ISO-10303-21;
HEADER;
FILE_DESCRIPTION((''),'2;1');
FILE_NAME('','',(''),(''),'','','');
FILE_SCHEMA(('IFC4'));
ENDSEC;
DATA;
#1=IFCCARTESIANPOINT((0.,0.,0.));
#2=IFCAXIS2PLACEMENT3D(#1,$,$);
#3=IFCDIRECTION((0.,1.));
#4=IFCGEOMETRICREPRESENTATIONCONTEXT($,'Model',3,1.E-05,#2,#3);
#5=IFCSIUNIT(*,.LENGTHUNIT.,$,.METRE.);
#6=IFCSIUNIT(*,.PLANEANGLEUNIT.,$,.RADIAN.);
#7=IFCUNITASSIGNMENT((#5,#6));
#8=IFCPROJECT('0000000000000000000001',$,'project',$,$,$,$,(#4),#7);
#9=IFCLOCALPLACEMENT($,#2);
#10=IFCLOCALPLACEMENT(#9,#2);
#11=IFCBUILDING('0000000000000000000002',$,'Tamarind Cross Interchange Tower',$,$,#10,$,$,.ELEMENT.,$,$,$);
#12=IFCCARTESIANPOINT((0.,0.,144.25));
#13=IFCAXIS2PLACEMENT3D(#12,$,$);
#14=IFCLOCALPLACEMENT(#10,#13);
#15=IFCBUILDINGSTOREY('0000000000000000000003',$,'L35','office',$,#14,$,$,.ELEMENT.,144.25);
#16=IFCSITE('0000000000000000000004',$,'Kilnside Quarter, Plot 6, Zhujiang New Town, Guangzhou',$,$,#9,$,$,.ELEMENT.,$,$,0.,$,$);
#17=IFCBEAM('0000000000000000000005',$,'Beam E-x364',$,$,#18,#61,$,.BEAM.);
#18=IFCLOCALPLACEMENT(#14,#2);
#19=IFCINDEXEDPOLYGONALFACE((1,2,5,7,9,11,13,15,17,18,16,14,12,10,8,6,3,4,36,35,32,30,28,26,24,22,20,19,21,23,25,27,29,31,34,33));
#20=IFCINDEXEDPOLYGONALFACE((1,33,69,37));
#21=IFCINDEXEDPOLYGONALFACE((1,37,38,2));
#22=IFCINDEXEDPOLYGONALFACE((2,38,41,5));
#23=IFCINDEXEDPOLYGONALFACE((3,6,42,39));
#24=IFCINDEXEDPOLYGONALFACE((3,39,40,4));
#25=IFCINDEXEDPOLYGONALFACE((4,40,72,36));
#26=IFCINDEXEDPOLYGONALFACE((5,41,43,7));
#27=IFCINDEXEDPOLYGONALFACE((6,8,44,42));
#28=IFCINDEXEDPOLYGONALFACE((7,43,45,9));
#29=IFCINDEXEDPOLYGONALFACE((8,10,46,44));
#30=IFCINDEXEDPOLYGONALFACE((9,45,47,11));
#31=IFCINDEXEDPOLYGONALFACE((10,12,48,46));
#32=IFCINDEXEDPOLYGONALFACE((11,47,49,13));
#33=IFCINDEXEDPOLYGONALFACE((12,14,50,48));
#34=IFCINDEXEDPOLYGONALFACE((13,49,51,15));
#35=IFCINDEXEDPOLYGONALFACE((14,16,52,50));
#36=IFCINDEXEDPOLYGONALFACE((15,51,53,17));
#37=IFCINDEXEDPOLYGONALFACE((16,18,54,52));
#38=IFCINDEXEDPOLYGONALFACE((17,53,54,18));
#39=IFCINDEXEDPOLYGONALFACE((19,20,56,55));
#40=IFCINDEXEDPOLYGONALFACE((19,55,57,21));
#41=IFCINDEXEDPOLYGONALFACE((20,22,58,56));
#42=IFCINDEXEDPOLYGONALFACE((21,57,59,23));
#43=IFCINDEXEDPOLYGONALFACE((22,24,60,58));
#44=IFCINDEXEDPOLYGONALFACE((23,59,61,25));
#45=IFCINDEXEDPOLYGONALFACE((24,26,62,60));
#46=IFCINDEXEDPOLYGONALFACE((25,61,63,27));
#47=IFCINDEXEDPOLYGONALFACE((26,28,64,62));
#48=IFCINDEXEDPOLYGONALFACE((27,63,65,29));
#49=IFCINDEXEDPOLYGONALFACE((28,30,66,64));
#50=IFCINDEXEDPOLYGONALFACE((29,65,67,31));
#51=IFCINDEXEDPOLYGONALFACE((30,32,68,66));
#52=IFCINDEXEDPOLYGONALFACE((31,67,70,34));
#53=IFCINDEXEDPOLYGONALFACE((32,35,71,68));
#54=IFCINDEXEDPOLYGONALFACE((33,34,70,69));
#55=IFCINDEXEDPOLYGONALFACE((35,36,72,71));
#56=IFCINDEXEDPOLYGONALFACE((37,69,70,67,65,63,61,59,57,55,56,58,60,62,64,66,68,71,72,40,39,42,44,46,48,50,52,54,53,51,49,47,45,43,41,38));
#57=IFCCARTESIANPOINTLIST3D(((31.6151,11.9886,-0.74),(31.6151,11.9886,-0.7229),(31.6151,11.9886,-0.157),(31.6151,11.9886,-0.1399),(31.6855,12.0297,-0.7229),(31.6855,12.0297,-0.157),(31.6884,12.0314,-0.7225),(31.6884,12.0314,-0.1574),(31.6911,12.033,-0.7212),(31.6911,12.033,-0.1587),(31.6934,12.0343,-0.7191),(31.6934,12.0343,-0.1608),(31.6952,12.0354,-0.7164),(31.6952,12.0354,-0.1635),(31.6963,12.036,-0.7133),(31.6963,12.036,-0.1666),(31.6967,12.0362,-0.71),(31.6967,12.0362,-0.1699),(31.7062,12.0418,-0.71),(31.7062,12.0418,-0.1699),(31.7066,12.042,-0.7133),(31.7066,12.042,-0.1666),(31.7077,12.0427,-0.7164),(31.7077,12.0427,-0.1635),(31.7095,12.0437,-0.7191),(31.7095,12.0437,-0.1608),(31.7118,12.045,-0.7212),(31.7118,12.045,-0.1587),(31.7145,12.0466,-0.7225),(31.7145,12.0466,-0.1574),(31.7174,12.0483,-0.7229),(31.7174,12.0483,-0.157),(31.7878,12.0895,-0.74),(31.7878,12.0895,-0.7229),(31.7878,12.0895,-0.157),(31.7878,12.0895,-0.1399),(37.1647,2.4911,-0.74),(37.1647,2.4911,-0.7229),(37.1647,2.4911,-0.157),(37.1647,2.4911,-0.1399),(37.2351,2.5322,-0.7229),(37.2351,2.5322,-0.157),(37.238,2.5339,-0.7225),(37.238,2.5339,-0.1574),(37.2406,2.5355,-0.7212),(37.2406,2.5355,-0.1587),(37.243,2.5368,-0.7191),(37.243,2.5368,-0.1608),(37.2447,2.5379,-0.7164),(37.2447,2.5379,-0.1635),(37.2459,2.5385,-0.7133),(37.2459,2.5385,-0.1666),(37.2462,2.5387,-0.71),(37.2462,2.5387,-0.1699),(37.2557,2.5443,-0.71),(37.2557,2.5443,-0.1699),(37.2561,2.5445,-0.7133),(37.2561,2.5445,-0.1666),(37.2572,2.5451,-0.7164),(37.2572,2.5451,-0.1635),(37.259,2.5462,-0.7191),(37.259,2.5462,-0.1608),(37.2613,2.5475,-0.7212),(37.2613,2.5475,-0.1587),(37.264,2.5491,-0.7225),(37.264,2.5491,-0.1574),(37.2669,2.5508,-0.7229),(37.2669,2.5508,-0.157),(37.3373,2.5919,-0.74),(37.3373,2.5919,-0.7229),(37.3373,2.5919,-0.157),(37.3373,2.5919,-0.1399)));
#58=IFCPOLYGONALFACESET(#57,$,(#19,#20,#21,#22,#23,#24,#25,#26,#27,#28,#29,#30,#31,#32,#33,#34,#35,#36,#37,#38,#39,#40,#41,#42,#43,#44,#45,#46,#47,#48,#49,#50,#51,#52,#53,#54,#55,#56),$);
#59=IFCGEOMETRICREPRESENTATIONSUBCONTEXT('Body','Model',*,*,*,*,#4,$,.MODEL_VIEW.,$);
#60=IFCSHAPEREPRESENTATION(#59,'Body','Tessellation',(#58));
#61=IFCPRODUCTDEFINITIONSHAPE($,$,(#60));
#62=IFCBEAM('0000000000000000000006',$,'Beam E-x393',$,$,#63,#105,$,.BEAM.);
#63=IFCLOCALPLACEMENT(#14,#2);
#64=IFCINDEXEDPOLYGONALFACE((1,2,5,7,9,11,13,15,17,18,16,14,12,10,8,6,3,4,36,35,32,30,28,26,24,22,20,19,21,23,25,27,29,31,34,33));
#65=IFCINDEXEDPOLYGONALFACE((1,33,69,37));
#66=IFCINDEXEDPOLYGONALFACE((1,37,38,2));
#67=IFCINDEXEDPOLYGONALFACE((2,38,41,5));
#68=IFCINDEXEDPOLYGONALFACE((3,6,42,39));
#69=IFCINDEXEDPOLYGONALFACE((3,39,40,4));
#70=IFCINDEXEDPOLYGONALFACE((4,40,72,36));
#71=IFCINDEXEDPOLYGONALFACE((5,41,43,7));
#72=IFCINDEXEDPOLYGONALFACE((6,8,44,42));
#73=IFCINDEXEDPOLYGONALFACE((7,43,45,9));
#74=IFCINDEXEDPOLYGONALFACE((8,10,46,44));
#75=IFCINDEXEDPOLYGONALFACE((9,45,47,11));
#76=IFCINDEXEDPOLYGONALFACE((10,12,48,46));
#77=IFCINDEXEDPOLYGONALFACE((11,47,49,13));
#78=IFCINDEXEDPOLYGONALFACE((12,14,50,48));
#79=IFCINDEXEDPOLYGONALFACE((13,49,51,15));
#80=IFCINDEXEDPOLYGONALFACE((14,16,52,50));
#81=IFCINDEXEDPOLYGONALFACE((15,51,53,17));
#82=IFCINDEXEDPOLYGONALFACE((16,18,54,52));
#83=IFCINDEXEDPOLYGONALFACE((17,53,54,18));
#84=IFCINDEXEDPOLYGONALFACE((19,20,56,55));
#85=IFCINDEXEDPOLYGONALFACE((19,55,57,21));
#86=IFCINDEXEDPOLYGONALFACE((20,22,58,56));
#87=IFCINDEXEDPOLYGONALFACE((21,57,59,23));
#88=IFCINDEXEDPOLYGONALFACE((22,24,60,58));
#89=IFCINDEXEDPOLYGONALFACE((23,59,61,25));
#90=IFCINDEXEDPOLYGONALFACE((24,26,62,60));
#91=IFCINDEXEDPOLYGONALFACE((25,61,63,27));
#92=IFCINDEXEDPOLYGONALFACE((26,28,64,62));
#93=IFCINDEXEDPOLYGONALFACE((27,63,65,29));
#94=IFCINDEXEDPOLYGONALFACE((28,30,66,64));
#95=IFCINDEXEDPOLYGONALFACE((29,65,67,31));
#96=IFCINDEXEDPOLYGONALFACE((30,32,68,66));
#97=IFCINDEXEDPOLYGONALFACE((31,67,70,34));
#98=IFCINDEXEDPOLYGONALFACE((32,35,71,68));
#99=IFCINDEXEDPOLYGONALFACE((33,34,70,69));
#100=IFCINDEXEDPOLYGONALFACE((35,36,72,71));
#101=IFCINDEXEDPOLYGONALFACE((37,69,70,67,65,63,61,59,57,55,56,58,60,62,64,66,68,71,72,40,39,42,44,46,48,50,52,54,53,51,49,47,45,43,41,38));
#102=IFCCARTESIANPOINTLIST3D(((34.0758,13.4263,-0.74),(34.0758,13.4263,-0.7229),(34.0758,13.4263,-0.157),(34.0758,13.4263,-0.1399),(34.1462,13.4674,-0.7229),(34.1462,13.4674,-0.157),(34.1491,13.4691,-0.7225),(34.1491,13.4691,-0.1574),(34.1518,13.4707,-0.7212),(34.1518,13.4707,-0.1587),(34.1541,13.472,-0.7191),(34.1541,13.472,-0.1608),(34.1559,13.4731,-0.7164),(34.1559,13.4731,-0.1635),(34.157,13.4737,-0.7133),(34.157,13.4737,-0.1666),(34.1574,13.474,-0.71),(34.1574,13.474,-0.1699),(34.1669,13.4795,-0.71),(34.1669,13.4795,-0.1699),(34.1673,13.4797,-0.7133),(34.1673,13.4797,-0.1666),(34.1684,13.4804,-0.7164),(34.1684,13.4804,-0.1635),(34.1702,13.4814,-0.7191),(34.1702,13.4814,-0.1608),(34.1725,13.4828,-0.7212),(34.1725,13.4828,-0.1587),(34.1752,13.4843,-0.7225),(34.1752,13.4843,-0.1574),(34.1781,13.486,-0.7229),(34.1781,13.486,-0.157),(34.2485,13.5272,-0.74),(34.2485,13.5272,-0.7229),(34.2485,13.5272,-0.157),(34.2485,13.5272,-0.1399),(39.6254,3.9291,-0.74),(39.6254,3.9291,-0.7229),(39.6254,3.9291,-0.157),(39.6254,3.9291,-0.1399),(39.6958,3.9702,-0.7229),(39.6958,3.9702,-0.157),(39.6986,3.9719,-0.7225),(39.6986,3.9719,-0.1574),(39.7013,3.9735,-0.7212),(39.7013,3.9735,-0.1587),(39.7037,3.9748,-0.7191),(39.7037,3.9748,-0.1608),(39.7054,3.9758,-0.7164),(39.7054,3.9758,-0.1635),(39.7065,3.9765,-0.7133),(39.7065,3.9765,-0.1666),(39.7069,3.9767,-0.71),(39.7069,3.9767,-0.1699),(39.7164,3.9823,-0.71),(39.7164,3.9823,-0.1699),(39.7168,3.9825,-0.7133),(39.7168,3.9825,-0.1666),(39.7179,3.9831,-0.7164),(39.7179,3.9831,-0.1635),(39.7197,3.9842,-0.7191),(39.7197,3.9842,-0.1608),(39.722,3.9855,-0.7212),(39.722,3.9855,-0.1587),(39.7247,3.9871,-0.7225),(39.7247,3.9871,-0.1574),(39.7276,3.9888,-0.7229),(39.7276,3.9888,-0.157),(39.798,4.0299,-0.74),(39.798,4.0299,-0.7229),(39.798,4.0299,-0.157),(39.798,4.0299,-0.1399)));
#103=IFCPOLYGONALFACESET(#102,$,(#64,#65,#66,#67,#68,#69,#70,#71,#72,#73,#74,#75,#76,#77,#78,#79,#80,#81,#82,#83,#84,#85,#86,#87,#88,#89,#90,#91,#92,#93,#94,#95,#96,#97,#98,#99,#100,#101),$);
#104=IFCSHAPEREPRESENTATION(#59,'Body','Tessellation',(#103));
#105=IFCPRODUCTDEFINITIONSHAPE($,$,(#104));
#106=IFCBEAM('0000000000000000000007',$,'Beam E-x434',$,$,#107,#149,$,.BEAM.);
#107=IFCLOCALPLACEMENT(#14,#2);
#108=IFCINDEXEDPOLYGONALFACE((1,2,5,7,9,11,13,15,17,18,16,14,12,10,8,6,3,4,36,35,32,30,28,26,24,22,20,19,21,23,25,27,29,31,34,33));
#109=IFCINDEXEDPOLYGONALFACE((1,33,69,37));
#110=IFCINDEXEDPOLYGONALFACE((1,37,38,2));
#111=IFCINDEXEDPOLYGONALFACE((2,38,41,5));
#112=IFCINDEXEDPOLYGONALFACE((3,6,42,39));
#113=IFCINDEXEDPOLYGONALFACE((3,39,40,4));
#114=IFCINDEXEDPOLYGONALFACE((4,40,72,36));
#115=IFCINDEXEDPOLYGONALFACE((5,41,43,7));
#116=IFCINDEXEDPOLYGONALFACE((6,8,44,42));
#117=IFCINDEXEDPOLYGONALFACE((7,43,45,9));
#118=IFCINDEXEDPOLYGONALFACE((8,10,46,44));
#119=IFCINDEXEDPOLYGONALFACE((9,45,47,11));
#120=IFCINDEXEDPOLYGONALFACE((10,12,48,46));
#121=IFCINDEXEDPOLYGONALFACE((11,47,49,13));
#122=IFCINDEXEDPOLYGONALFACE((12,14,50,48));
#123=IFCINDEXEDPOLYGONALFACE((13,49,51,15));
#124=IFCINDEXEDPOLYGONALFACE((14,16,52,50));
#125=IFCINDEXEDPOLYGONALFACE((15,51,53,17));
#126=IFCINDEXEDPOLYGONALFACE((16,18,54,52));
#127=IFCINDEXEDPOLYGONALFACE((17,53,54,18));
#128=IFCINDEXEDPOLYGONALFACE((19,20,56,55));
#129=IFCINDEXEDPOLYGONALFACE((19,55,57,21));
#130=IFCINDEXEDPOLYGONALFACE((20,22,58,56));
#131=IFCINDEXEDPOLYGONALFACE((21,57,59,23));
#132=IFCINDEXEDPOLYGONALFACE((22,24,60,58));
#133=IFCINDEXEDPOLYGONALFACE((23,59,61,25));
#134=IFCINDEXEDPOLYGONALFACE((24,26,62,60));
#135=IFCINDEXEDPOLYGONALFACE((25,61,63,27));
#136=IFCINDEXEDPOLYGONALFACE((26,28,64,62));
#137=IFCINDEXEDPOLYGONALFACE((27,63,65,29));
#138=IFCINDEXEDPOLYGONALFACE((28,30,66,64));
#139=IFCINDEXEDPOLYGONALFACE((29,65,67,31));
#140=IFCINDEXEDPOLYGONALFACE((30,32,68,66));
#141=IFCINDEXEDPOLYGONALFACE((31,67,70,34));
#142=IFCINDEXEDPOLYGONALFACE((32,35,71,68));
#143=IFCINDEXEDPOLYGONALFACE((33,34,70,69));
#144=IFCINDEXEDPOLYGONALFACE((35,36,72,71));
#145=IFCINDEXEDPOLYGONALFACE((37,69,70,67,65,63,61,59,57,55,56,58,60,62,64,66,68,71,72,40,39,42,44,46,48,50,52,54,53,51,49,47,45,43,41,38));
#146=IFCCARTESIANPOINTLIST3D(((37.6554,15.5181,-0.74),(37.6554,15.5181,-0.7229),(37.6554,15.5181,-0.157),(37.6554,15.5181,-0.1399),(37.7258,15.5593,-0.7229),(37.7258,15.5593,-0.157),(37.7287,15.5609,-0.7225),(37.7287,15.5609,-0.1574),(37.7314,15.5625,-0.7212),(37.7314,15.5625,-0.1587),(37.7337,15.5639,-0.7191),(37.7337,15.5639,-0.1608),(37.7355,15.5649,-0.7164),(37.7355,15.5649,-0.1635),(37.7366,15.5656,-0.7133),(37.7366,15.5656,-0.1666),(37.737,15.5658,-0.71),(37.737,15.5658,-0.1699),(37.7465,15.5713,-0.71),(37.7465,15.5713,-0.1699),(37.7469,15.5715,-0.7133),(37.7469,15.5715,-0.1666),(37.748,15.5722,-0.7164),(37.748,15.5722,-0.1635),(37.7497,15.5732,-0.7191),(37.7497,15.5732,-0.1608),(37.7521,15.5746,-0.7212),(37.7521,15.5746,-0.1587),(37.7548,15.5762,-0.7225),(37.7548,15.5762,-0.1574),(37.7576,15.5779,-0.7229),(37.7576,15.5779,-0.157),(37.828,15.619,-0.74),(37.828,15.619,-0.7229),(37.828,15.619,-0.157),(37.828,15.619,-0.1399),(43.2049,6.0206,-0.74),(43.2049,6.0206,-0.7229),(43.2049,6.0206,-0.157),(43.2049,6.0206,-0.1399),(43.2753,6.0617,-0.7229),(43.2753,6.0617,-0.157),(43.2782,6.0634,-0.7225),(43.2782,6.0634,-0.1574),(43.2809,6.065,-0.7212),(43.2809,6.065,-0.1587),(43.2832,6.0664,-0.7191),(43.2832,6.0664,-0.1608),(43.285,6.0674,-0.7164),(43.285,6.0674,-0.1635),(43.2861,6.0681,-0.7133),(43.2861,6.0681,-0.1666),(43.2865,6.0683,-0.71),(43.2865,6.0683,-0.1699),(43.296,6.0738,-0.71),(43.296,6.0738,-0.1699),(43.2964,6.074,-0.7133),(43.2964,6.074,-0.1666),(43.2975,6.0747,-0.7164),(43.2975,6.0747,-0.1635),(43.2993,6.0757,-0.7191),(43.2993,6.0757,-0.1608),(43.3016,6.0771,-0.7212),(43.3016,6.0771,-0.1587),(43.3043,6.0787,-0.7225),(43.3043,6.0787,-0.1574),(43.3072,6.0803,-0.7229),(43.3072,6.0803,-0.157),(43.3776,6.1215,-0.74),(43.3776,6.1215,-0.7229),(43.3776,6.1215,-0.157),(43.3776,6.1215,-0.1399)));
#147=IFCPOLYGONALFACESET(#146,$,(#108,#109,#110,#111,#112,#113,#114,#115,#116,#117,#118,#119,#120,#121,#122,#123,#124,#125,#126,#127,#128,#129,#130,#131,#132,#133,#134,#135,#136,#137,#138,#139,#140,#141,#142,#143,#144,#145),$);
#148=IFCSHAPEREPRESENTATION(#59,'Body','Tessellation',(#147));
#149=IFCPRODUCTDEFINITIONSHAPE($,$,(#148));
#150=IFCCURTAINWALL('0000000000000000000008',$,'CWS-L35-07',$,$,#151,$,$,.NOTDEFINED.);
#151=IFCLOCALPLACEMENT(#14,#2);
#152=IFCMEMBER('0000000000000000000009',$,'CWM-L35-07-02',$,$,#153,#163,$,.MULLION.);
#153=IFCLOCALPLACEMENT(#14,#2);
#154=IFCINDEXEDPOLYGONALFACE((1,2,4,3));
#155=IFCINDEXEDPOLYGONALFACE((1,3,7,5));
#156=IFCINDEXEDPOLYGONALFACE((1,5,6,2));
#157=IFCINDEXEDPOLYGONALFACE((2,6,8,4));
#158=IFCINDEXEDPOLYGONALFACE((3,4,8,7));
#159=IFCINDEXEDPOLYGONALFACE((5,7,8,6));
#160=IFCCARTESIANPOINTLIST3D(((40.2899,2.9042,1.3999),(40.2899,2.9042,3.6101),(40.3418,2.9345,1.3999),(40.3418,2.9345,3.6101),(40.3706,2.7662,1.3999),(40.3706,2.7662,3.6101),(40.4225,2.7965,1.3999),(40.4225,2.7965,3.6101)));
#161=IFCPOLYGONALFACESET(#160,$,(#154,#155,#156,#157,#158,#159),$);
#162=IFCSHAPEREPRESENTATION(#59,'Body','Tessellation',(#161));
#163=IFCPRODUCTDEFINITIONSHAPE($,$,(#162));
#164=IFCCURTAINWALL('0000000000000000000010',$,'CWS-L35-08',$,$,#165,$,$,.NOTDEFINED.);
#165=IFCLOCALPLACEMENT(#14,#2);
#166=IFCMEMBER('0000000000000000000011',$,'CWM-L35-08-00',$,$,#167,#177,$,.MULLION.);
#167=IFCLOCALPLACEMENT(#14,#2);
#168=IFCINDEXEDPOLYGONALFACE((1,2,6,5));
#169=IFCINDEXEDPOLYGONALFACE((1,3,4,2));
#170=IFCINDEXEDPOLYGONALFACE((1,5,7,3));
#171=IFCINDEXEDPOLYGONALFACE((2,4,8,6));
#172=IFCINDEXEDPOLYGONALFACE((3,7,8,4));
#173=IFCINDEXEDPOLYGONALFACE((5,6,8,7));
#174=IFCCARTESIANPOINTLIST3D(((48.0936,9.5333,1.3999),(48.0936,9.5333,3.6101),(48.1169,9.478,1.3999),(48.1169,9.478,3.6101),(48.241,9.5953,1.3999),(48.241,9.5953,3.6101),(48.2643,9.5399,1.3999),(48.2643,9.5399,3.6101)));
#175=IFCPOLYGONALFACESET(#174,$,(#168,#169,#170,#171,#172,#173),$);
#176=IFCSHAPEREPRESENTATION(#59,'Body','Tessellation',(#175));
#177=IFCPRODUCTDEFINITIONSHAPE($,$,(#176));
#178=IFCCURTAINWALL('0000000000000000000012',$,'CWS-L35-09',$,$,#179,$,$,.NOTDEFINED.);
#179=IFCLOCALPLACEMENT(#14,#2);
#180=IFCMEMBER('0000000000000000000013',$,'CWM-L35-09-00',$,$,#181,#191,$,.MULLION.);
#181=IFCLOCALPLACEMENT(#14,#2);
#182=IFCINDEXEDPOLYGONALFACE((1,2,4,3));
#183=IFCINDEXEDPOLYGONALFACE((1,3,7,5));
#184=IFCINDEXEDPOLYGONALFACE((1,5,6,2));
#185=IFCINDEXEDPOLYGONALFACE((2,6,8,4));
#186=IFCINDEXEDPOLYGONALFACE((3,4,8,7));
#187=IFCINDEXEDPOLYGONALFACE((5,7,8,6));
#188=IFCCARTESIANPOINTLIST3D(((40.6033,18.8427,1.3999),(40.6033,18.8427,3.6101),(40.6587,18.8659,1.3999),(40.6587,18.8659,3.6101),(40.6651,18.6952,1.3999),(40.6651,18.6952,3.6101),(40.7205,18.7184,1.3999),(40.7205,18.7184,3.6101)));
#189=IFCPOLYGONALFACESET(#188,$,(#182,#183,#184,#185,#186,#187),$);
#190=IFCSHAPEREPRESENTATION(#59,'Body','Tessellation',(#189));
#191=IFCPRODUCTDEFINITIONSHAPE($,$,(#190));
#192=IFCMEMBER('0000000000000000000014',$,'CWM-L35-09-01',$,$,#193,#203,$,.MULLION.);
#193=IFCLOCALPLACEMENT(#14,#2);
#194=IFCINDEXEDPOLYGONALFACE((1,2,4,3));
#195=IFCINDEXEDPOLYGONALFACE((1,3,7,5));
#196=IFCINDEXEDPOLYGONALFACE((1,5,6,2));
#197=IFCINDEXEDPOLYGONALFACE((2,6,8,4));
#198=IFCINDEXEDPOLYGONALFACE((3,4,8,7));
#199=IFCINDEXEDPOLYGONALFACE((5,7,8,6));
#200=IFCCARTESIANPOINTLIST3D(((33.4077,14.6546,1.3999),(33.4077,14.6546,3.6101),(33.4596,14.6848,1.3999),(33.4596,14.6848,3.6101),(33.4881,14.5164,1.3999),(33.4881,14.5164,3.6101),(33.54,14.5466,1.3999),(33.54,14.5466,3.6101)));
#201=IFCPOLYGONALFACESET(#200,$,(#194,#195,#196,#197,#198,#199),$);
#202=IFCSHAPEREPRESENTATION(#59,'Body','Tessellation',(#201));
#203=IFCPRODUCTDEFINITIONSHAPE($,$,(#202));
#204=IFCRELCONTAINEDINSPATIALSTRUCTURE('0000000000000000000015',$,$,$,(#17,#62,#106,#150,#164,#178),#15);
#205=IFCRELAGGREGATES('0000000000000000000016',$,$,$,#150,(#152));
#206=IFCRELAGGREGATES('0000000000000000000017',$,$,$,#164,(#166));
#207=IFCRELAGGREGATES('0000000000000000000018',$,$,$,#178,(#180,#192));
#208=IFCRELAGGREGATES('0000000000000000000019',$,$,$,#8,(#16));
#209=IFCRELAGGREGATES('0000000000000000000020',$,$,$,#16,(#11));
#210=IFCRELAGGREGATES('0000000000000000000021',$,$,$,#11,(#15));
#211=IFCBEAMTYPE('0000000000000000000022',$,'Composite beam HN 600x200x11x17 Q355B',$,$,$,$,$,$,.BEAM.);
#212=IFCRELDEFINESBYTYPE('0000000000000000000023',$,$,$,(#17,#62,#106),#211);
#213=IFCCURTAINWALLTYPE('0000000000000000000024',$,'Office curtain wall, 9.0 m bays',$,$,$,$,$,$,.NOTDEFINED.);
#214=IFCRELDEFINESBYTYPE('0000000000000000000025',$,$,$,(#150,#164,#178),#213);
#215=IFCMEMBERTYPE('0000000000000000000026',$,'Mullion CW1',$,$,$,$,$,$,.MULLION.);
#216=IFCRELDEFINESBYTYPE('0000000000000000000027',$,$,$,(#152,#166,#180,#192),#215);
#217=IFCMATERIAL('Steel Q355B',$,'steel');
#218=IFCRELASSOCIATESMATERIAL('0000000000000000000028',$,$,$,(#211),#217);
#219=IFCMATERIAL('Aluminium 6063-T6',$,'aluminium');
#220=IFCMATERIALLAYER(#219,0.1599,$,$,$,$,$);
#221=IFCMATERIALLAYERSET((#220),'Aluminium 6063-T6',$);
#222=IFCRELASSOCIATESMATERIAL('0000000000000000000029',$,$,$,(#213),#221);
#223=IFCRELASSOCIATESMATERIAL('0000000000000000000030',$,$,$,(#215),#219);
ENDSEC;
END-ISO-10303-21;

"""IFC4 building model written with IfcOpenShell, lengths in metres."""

from ifc_helpers import new_model, si_unit, direction, frame, origin, origin_2d, place, context, subcontext, project, spatial, rectangle, i_section, extrude, material, layer, layer_set, material_profile, profile_set, type_object, element, aggregate, save


model = new_model("IFC4")

# Units and contexts
model_context = context("Model", 3, precision=1e-05, world=origin(), true_north=direction((0.0, 1.0)))
body_context = subcontext(model_context, "Body", "Model", "MODEL_VIEW")
ifc_project = project(units=[si_unit("LENGTHUNIT", "METRE"), si_unit("PLANEANGLEUNIT", "RADIAN")], contexts=[model_context])

# Site, building, storey
site_placement = place(None, origin())
site = spatial("IfcSite", under=ifc_project, at=site_placement, Name="Kilnside Quarter, Plot 6, Zhujiang New Town, Guangzhou", CompositionType="ELEMENT", RefElevation=0.0)
building_placement = place(site_placement, origin())
building = spatial("IfcBuilding", under=site, at=building_placement, Name="Tamarind Cross Interchange Tower", CompositionType="ELEMENT")
storey_placement = place(building_placement, frame((0.0, 0.0, 144.25)))
storey = spatial("IfcBuildingStorey", under=building, at=storey_placement, Name="L35", Description="office", CompositionType="ELEMENT", Elevation=144.25)

# Beams
ifc_material_1 = material(Name="Steel Q355B", Category="steel")
ifc_material_profile_1 = material_profile(ifc_material_1, i_section(OverallWidth=0.2, OverallDepth=0.6001, WebThickness=0.011, FlangeThickness=0.0171, FilletRadius=0.0129, at=origin_2d()), Name="HN 600x200x11x17")
ifc_profile_set_1 = profile_set([ifc_material_profile_1], Name="Steel Q355B")
beam_type_1 = type_object("IfcBeamType", Name="Composite beam HN 600x200x11x17 Q355B", PredefinedType="BEAM", material=ifc_profile_set_1)
beam_1_placement = place(storey_placement, frame((37.251, 2.5415, -0.4399), z_axis=(-0.504503, 0.86341, 0.0), x_axis=(-0.86341, -0.504503, 0.0)))
element("IfcBeam", 1, at=beam_1_placement, inside=storey, type_object=beam_type_1, Name="Beam E-x364", PredefinedType="BEAM", context=body_context, shape_type="SweptSolid", body=[
    extrude(i_section(OverallWidth=0.2, OverallDepth=0.6001, WebThickness=0.011, FlangeThickness=0.0171, FilletRadius=0.0129, at=origin_2d()), origin(), (0.0, 0.0, 1.0), 11.0),
])
beam_2_placement = place(storey_placement, frame((39.7117, 3.9795, -0.4399), z_axis=(-0.504513, 0.863404, 0.0), x_axis=(-0.863404, -0.504513, 0.0)))
element("IfcBeam", 2, at=beam_2_placement, inside=storey, type_object=beam_type_1, Name="Beam E-x393", PredefinedType="BEAM", context=body_context, shape_type="SweptSolid", body=[
    extrude(i_section(OverallWidth=0.2, OverallDepth=0.6001, WebThickness=0.011, FlangeThickness=0.0171, FilletRadius=0.0129, at=origin_2d()), origin(), (0.0, 0.0, 1.0), 10.9998),
])
beam_3_placement = place(storey_placement, frame((43.2913, 6.071, -0.4399), z_axis=(-0.504503, 0.86341, 0.0), x_axis=(-0.86341, -0.504503, 0.0)))
element("IfcBeam", 3, at=beam_3_placement, inside=storey, type_object=beam_type_1, Name="Beam E-x434", PredefinedType="BEAM", context=body_context, shape_type="SweptSolid", body=[
    extrude(i_section(OverallWidth=0.2, OverallDepth=0.6001, WebThickness=0.011, FlangeThickness=0.0171, FilletRadius=0.0129, at=origin_2d()), origin(), (0.0, 0.0, 1.0), 11.0),
])

# Curtain walls, members
ifc_material_2 = material(Name="Aluminium 6063-T6", Category="aluminium")
ifc_layer_1 = layer(ifc_material_2, 0.1599)
ifc_layer_set_1 = layer_set([ifc_layer_1], Name="Aluminium 6063-T6")
curtain_wall_type = type_object("IfcCurtainWallType", Name="Office curtain wall, 9.0 m bays", PredefinedType="NOTDEFINED", material=ifc_layer_set_1)
curtain_wall_1_placement = place(storey_placement, origin())
curtain_wall_1 = element("IfcCurtainWall", 4, at=curtain_wall_1_placement, inside=storey, type_object=curtain_wall_type, Name="CWS-L35-07", PredefinedType="NOTDEFINED")
ifc_material_profile_2 = material_profile(ifc_material_2, rectangle(XDim=0.0601, YDim=0.1599, at=origin_2d()), Name="Mullion CW1")
ifc_profile_set_2 = profile_set([ifc_material_profile_2], Name="Aluminium 6063-T6")
member_type = type_object("IfcMemberType", Name="Mullion CW1", PredefinedType="MULLION", material=ifc_profile_set_2)
member_1_placement = place(storey_placement, frame((40.3562, 2.8503, 1.3999), z_axis=(0.0, 0.0, 1.0), x_axis=(0.863403, 0.504516, 0.0)))
member_1 = element("IfcMember", 5, at=member_1_placement, type_object=member_type, Name="CWM-L35-07-02", PredefinedType="MULLION", context=body_context, shape_type="SweptSolid", body=[
    extrude(rectangle(XDim=0.0601, YDim=0.1599, at=origin_2d()), origin(), (0.0, 0.0, 1.0), 2.2102),
])
aggregate(curtain_wall_1, [member_1])
curtain_wall_2_placement = place(storey_placement, origin())
curtain_wall_2 = element("IfcCurtainWall", 6, at=curtain_wall_2_placement, inside=storey, type_object=curtain_wall_type, Name="CWS-L35-08", PredefinedType="NOTDEFINED")
member_2_placement = place(storey_placement, frame((48.179, 9.5366, 1.3999), z_axis=(0.0, 0.0, 1.0), x_axis=(-0.387503, 0.921869, 0.0)))
member_2 = element("IfcMember", 7, at=member_2_placement, type_object=member_type, Name="CWM-L35-08-00", PredefinedType="MULLION", context=body_context, shape_type="SweptSolid", body=[
    extrude(rectangle(XDim=0.0601, YDim=0.1599, at=origin_2d()), origin(), (0.0, 0.0, 1.0), 2.2102),
])
aggregate(curtain_wall_2, [member_2])

# Curtain wall, members
curtain_wall_3_placement = place(storey_placement, origin())
curtain_wall_3 = element("IfcCurtainWall", 8, at=curtain_wall_3_placement, inside=storey, type_object=curtain_wall_type, Name="CWS-L35-09", PredefinedType="NOTDEFINED")
member_3_placement = place(storey_placement, frame((40.6619, 18.7805, 1.3999), z_axis=(0.0, 0.0, 1.0), x_axis=(-0.922273, -0.386538, 0.0)))
member_3 = element("IfcMember", 9, at=member_3_placement, type_object=member_type, Name="CWM-L35-09-00", PredefinedType="MULLION", context=body_context, shape_type="SweptSolid", body=[
    extrude(rectangle(XDim=0.0601, YDim=0.1599, at=origin_2d()), origin(), (0.0, 0.0, 1.0), 2.2102),
])
member_4_placement = place(storey_placement, frame((33.4739, 14.6006, 1.3999), z_axis=(0.0, 0.0, 1.0), x_axis=(-0.864456, -0.502708, 0.0)))
member_4 = element("IfcMember", 10, at=member_4_placement, type_object=member_type, Name="CWM-L35-09-01", PredefinedType="MULLION", context=body_context, shape_type="SweptSolid", body=[
    extrude(rectangle(XDim=0.0601, YDim=0.1599, at=origin_2d()), origin(), (0.0, 0.0, 1.0), 2.2102),
])
aggregate(curtain_wall_3, [member_3, member_4])

save(model, "model.ifc")
